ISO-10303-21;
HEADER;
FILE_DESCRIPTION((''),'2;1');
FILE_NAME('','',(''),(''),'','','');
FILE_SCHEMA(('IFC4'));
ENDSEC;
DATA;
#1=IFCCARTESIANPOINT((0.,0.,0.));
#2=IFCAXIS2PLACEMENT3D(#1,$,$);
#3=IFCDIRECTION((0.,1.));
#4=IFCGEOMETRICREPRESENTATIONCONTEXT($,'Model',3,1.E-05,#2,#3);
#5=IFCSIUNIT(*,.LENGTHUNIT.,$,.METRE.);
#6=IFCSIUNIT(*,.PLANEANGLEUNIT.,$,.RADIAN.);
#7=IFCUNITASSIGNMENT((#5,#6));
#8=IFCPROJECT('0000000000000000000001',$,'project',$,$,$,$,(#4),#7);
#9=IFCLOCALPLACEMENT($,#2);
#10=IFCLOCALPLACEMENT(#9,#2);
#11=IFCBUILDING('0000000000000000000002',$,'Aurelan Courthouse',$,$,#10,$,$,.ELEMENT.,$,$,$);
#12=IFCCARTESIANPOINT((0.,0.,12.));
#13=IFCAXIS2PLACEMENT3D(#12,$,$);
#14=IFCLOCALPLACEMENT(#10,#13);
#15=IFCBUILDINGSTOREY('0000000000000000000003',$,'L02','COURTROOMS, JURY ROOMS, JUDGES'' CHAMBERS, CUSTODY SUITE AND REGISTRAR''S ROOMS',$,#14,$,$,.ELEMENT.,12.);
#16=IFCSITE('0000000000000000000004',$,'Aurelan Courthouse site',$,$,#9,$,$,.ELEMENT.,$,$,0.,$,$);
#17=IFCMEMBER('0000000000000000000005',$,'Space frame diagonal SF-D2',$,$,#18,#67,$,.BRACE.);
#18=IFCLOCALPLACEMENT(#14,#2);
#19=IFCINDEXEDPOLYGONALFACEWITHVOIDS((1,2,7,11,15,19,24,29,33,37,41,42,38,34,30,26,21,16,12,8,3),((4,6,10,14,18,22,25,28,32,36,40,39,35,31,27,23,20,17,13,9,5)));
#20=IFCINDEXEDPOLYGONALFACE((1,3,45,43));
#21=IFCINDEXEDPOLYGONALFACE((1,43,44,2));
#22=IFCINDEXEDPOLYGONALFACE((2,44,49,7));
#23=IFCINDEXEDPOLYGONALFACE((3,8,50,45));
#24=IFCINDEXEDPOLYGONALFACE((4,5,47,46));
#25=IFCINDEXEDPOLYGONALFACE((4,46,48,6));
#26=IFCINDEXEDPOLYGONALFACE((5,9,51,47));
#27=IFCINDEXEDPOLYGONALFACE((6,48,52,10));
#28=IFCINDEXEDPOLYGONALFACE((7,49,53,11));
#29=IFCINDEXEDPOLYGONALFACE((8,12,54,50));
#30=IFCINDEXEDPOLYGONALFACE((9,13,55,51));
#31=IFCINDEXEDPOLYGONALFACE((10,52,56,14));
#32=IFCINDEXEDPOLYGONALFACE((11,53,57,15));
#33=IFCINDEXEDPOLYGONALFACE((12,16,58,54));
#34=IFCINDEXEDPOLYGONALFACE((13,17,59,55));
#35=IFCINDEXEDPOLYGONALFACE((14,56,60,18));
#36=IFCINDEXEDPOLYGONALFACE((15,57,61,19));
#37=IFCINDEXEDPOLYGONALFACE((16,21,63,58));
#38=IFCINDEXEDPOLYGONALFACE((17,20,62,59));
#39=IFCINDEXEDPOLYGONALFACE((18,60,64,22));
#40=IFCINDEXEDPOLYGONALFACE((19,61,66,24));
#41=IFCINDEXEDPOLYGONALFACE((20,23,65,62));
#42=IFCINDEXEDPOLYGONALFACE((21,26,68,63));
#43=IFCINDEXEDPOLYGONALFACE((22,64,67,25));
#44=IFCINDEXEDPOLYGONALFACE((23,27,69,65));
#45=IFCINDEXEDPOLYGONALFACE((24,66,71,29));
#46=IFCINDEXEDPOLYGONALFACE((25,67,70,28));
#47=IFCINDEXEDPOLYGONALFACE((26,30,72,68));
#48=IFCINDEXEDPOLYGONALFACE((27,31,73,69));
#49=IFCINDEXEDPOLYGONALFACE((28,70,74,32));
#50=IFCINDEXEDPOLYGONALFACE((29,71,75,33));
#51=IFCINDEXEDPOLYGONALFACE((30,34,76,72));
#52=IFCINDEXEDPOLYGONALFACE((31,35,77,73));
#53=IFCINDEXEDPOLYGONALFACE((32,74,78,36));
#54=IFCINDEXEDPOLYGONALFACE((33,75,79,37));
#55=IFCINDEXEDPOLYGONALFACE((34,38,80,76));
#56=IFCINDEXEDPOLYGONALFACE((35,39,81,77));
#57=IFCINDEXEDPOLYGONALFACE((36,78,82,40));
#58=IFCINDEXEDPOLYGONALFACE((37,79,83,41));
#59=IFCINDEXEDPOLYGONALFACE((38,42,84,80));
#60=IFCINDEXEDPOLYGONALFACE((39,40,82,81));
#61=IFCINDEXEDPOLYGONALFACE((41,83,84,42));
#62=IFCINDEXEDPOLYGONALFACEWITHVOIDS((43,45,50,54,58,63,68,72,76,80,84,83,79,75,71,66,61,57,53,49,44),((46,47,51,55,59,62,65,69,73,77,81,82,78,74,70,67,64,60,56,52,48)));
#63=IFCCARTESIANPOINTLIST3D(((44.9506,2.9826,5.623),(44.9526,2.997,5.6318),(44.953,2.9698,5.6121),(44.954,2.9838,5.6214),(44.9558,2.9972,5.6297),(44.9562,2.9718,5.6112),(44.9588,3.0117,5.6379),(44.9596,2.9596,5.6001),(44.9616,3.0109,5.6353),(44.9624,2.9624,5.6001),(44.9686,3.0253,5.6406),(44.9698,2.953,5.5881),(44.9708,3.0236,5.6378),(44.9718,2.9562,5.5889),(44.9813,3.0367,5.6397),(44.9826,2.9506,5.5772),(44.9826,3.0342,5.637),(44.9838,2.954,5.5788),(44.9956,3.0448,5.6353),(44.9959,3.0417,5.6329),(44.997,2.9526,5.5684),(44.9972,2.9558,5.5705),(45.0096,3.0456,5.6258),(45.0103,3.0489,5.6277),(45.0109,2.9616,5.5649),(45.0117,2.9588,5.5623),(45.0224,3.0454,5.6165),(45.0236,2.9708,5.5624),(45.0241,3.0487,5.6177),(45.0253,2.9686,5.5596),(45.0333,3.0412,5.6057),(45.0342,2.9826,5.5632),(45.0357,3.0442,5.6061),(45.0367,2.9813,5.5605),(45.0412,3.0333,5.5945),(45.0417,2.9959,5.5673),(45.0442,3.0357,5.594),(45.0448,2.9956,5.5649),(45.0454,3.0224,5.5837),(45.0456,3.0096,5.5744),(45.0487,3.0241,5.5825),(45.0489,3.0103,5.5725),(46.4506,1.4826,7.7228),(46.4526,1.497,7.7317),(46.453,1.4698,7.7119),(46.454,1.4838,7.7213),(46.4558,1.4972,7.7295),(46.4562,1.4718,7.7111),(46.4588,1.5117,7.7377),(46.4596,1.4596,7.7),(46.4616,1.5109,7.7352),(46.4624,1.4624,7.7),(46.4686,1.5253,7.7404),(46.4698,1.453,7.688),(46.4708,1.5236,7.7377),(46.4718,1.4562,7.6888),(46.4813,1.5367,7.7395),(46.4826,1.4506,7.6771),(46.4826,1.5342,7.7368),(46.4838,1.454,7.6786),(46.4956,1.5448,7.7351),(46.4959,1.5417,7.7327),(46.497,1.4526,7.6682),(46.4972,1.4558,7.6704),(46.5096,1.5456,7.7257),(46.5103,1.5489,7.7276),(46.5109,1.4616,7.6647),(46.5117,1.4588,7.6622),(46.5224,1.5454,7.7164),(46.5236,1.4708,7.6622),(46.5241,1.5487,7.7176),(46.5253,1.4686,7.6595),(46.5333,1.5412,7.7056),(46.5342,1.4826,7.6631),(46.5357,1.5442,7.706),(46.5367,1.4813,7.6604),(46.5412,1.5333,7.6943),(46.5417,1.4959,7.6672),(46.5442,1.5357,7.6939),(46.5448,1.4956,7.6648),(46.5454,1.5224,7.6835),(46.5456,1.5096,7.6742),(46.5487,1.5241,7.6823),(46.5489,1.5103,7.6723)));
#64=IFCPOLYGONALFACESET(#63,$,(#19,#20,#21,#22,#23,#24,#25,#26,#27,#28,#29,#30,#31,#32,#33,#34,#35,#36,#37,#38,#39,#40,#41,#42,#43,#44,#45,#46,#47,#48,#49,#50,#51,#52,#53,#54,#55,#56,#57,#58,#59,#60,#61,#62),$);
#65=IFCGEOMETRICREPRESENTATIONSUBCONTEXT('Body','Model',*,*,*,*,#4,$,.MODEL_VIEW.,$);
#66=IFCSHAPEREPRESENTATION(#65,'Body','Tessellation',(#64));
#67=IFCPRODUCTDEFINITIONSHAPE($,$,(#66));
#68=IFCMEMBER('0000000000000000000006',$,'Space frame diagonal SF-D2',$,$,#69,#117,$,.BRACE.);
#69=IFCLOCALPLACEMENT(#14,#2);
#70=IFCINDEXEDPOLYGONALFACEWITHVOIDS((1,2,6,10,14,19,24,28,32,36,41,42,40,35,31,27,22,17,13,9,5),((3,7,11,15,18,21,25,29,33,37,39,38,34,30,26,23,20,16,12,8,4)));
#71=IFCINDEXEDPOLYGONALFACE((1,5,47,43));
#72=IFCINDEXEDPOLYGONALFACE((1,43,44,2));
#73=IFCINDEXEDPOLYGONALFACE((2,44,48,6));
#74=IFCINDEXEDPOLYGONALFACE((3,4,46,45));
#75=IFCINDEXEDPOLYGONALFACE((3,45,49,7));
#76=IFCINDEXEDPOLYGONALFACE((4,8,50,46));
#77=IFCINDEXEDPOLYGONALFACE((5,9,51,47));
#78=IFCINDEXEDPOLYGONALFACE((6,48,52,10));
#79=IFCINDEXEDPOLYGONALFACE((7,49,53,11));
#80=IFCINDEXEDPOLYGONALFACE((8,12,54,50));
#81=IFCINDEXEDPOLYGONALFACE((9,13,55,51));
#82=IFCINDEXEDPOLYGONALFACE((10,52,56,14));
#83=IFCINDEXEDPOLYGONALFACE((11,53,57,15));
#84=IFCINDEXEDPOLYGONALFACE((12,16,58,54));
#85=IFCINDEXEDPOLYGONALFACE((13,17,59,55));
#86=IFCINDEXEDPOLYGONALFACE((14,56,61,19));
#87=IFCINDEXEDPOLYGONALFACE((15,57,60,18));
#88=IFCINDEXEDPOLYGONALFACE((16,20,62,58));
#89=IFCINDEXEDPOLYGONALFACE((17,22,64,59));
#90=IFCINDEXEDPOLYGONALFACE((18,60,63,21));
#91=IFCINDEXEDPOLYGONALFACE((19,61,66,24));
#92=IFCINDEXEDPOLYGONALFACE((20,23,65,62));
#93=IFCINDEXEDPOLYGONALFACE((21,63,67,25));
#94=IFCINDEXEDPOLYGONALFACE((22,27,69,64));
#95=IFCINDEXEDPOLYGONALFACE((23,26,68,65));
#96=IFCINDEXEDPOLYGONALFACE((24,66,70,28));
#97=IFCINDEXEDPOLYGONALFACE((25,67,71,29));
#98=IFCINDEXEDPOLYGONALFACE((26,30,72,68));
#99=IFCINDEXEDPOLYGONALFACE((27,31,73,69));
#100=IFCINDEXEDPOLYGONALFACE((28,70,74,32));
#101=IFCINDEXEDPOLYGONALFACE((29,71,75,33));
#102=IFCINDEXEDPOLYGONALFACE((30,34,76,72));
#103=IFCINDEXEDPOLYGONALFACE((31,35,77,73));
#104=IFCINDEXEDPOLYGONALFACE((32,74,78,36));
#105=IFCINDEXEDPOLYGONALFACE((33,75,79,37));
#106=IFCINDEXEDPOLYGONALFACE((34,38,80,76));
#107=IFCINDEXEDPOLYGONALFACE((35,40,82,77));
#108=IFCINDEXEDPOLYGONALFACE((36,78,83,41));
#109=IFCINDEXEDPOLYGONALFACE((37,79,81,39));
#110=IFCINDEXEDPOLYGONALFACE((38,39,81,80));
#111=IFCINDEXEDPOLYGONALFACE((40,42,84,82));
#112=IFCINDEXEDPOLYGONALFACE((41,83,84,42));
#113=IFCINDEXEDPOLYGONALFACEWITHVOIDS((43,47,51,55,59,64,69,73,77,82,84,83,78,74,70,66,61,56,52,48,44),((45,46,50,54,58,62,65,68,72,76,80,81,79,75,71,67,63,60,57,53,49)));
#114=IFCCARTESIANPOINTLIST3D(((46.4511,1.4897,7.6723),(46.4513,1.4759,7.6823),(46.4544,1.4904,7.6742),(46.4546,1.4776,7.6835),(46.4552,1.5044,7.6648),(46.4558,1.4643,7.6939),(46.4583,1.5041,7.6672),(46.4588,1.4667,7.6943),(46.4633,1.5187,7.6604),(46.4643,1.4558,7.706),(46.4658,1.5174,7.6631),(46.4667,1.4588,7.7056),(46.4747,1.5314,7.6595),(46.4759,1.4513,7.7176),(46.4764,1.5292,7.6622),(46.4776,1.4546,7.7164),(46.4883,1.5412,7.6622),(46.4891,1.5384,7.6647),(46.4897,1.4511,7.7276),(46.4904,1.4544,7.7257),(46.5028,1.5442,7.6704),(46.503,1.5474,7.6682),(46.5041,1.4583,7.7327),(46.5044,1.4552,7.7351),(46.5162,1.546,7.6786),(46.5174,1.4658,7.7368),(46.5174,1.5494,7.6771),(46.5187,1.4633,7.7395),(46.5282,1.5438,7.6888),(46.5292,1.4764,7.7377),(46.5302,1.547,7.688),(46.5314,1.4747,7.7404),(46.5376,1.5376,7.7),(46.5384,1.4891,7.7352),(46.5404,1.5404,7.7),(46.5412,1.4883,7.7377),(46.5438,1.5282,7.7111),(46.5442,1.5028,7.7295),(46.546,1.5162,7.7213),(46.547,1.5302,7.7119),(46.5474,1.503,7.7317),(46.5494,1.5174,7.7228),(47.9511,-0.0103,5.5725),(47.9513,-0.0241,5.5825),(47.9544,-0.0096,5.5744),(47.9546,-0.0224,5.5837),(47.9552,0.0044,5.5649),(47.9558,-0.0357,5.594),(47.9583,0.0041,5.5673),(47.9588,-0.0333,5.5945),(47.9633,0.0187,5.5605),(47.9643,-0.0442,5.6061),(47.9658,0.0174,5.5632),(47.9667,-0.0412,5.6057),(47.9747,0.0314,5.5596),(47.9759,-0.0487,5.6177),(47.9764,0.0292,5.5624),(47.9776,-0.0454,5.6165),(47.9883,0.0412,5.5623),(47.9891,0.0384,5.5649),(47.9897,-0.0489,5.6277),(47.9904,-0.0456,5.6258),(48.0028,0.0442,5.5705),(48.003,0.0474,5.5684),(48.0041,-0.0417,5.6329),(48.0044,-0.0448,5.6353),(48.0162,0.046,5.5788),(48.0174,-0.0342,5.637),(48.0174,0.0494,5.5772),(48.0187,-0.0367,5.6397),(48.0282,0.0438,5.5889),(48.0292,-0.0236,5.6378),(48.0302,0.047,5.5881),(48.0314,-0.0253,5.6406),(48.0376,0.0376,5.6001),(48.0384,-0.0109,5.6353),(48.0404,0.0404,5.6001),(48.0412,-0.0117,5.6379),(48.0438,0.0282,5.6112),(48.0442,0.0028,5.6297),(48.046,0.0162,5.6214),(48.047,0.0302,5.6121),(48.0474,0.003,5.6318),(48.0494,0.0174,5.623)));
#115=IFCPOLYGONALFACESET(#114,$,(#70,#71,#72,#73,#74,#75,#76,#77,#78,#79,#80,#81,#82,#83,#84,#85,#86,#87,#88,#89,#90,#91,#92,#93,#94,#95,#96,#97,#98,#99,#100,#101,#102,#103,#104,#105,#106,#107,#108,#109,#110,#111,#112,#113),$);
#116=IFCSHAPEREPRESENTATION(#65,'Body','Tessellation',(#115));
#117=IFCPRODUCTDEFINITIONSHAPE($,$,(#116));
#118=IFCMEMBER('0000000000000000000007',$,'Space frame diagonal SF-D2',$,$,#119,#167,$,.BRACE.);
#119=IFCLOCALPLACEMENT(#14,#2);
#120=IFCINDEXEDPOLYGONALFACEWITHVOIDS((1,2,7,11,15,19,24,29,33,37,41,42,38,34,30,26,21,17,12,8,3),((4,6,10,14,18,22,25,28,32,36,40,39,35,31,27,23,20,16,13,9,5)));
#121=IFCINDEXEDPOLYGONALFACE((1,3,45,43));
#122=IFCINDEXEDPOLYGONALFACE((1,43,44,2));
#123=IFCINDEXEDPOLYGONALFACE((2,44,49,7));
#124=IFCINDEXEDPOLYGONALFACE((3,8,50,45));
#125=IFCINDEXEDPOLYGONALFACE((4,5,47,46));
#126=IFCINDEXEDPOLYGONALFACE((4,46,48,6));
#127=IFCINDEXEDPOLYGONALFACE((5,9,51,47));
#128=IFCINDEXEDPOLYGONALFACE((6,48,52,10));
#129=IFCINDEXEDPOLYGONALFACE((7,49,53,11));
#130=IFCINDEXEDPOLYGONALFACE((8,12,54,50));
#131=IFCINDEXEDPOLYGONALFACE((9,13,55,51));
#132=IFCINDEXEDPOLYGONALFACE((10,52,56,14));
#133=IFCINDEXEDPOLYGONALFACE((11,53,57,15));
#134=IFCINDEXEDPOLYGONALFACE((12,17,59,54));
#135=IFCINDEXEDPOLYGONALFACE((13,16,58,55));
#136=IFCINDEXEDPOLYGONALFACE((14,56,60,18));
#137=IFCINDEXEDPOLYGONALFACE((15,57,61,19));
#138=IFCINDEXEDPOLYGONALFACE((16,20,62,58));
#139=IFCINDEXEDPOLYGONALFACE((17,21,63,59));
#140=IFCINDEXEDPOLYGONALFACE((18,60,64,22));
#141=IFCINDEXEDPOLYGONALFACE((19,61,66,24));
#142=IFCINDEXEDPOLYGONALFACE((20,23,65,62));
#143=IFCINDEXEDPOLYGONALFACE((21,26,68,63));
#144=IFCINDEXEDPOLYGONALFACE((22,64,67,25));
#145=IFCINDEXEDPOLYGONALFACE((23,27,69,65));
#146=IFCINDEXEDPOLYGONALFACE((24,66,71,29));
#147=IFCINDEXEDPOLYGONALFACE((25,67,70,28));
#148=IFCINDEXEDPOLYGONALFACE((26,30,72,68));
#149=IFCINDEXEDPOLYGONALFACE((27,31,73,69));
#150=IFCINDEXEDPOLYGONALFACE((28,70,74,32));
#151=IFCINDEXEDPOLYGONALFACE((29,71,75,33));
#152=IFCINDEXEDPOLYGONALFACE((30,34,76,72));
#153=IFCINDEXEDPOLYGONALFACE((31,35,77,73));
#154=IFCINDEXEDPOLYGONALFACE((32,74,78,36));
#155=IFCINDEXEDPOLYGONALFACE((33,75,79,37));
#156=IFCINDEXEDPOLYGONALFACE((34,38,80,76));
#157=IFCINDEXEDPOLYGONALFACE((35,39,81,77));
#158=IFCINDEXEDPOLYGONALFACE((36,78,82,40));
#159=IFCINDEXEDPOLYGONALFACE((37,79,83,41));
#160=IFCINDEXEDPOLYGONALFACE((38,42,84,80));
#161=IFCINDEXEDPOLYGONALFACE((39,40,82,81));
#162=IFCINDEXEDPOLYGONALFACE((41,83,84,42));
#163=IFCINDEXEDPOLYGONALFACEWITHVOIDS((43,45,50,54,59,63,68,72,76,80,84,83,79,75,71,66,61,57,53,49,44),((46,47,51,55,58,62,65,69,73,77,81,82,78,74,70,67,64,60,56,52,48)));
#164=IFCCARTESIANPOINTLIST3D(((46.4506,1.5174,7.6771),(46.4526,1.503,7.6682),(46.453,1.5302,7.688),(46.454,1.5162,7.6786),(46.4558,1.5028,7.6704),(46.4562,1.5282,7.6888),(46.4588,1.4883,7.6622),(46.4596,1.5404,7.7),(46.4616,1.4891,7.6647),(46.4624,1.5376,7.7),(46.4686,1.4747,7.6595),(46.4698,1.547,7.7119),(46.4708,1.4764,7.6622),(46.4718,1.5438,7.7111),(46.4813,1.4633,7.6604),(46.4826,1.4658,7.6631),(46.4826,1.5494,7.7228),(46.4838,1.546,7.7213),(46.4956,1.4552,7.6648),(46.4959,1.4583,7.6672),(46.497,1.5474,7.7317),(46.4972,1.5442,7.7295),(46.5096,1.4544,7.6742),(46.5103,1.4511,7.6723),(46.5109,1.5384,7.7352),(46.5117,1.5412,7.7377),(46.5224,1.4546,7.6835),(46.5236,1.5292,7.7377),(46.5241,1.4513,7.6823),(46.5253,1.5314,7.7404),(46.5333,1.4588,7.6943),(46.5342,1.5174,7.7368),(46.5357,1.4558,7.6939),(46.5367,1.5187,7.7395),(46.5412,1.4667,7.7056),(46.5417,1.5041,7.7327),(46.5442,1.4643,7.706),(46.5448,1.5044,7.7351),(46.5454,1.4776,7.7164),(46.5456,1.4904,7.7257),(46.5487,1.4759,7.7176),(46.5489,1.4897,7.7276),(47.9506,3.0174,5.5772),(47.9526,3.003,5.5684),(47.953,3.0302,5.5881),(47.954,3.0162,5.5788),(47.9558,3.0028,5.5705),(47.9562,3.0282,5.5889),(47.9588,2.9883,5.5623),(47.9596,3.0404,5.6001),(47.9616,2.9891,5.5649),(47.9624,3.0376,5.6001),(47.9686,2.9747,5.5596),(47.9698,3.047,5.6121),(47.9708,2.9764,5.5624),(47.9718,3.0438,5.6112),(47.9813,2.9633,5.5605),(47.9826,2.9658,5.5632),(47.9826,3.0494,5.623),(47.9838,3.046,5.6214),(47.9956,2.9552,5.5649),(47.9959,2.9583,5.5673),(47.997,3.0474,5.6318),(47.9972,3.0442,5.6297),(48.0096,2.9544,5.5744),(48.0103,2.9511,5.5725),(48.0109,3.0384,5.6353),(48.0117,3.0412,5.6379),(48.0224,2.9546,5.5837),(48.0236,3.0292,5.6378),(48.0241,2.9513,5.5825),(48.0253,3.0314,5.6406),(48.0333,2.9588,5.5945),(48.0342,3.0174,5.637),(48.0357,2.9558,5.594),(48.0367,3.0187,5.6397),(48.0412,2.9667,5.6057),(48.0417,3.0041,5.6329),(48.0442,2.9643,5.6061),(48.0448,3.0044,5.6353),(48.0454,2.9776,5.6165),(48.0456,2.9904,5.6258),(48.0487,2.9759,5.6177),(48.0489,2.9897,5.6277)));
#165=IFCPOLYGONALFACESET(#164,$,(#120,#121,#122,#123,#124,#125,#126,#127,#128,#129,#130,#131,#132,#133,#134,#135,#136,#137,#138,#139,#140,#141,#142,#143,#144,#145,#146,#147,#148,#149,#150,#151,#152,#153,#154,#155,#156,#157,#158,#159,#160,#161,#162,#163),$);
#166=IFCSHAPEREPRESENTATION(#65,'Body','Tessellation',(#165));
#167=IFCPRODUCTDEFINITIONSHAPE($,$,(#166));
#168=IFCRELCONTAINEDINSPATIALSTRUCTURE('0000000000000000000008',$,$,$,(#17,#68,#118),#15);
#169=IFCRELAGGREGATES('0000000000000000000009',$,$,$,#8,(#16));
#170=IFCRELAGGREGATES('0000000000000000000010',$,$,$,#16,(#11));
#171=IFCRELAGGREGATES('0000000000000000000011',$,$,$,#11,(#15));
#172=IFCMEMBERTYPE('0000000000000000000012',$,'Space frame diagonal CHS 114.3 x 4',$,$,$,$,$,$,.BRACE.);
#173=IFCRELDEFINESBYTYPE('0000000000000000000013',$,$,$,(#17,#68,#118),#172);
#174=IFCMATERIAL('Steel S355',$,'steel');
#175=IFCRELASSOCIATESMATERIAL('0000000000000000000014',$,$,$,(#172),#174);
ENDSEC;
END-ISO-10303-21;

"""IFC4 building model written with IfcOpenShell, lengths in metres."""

from ifc_helpers import new_model, si_unit, direction, frame, origin, origin_2d, place, context, subcontext, project, spatial, hollow_circle, extrude, material, material_profile, profile_set, type_object, element, save


model = new_model("IFC4")

# Units and contexts
model_context = context("Model", 3, precision=1e-05, world=origin(), true_north=direction((0.0, 1.0)))
body_context = subcontext(model_context, "Body", "Model", "MODEL_VIEW")
ifc_project = project(units=[si_unit("LENGTHUNIT", "METRE"), si_unit("PLANEANGLEUNIT", "RADIAN")], contexts=[model_context])

# Site, building, storey
site_placement = place(None, origin())
site = spatial("IfcSite", under=ifc_project, at=site_placement, Name="Aurelan Courthouse site", CompositionType="ELEMENT", RefElevation=0.0)
building_placement = place(site_placement, origin())
building = spatial("IfcBuilding", under=site, at=building_placement, Name="Aurelan Courthouse", CompositionType="ELEMENT")
storey_placement = place(building_placement, frame((0.0, 0.0, 12.0)))
storey = spatial("IfcBuildingStorey", under=building, at=storey_placement, Name="L02", Description="COURTROOMS, JURY ROOMS, JUDGES' CHAMBERS, CUSTODY SUITE AND REGISTRAR'S ROOMS", CompositionType="ELEMENT", Elevation=12.0)

# Members
ifc_material_1 = material(Name="Steel S355", Category="steel")
ifc_material_profile_1 = material_profile(ifc_material_1, hollow_circle(Radius=0.0571, WallThickness=0.0039, at=origin_2d()), Name="CHS 114.3 x 4")
ifc_profile_set_1 = profile_set([ifc_material_profile_1], Name="Steel S355")
member_type_1 = type_object("IfcMemberType", Name="Space frame diagonal CHS 114.3 x 4", PredefinedType="BRACE", material=ifc_profile_set_1)
for number, where, z_axis, x_axis, name in (
    (1, (46.5, 1.5, 7.7), (-0.502536, 0.502536, -0.703502), (-0.707107, -0.707107, 0.0), "Space frame diagonal SF-D2"),
    (2, (46.5, 1.5, 7.7), (0.502536, -0.502536, -0.703502), (0.707107, 0.707107, 0.0), "Space frame diagonal SF-D2"),
    (3, (46.5, 1.5, 7.7), (0.502536, 0.502536, -0.703502), (-0.707107, 0.707107, 0.0), "Space frame diagonal SF-D2"),
):
    element("IfcMember", number, at=place(storey_placement, frame(where, z_axis=z_axis, x_axis=x_axis)), inside=storey, type_object=member_type_1, Name=name, PredefinedType="BRACE", context=body_context, shape_type="SweptSolid", body=[
        extrude(hollow_circle(Radius=0.0571, WallThickness=0.0039, at=origin_2d()), origin(), (0.0, 0.0, 1.0), 2.9849),
    ])

save(model, "model.ifc")
